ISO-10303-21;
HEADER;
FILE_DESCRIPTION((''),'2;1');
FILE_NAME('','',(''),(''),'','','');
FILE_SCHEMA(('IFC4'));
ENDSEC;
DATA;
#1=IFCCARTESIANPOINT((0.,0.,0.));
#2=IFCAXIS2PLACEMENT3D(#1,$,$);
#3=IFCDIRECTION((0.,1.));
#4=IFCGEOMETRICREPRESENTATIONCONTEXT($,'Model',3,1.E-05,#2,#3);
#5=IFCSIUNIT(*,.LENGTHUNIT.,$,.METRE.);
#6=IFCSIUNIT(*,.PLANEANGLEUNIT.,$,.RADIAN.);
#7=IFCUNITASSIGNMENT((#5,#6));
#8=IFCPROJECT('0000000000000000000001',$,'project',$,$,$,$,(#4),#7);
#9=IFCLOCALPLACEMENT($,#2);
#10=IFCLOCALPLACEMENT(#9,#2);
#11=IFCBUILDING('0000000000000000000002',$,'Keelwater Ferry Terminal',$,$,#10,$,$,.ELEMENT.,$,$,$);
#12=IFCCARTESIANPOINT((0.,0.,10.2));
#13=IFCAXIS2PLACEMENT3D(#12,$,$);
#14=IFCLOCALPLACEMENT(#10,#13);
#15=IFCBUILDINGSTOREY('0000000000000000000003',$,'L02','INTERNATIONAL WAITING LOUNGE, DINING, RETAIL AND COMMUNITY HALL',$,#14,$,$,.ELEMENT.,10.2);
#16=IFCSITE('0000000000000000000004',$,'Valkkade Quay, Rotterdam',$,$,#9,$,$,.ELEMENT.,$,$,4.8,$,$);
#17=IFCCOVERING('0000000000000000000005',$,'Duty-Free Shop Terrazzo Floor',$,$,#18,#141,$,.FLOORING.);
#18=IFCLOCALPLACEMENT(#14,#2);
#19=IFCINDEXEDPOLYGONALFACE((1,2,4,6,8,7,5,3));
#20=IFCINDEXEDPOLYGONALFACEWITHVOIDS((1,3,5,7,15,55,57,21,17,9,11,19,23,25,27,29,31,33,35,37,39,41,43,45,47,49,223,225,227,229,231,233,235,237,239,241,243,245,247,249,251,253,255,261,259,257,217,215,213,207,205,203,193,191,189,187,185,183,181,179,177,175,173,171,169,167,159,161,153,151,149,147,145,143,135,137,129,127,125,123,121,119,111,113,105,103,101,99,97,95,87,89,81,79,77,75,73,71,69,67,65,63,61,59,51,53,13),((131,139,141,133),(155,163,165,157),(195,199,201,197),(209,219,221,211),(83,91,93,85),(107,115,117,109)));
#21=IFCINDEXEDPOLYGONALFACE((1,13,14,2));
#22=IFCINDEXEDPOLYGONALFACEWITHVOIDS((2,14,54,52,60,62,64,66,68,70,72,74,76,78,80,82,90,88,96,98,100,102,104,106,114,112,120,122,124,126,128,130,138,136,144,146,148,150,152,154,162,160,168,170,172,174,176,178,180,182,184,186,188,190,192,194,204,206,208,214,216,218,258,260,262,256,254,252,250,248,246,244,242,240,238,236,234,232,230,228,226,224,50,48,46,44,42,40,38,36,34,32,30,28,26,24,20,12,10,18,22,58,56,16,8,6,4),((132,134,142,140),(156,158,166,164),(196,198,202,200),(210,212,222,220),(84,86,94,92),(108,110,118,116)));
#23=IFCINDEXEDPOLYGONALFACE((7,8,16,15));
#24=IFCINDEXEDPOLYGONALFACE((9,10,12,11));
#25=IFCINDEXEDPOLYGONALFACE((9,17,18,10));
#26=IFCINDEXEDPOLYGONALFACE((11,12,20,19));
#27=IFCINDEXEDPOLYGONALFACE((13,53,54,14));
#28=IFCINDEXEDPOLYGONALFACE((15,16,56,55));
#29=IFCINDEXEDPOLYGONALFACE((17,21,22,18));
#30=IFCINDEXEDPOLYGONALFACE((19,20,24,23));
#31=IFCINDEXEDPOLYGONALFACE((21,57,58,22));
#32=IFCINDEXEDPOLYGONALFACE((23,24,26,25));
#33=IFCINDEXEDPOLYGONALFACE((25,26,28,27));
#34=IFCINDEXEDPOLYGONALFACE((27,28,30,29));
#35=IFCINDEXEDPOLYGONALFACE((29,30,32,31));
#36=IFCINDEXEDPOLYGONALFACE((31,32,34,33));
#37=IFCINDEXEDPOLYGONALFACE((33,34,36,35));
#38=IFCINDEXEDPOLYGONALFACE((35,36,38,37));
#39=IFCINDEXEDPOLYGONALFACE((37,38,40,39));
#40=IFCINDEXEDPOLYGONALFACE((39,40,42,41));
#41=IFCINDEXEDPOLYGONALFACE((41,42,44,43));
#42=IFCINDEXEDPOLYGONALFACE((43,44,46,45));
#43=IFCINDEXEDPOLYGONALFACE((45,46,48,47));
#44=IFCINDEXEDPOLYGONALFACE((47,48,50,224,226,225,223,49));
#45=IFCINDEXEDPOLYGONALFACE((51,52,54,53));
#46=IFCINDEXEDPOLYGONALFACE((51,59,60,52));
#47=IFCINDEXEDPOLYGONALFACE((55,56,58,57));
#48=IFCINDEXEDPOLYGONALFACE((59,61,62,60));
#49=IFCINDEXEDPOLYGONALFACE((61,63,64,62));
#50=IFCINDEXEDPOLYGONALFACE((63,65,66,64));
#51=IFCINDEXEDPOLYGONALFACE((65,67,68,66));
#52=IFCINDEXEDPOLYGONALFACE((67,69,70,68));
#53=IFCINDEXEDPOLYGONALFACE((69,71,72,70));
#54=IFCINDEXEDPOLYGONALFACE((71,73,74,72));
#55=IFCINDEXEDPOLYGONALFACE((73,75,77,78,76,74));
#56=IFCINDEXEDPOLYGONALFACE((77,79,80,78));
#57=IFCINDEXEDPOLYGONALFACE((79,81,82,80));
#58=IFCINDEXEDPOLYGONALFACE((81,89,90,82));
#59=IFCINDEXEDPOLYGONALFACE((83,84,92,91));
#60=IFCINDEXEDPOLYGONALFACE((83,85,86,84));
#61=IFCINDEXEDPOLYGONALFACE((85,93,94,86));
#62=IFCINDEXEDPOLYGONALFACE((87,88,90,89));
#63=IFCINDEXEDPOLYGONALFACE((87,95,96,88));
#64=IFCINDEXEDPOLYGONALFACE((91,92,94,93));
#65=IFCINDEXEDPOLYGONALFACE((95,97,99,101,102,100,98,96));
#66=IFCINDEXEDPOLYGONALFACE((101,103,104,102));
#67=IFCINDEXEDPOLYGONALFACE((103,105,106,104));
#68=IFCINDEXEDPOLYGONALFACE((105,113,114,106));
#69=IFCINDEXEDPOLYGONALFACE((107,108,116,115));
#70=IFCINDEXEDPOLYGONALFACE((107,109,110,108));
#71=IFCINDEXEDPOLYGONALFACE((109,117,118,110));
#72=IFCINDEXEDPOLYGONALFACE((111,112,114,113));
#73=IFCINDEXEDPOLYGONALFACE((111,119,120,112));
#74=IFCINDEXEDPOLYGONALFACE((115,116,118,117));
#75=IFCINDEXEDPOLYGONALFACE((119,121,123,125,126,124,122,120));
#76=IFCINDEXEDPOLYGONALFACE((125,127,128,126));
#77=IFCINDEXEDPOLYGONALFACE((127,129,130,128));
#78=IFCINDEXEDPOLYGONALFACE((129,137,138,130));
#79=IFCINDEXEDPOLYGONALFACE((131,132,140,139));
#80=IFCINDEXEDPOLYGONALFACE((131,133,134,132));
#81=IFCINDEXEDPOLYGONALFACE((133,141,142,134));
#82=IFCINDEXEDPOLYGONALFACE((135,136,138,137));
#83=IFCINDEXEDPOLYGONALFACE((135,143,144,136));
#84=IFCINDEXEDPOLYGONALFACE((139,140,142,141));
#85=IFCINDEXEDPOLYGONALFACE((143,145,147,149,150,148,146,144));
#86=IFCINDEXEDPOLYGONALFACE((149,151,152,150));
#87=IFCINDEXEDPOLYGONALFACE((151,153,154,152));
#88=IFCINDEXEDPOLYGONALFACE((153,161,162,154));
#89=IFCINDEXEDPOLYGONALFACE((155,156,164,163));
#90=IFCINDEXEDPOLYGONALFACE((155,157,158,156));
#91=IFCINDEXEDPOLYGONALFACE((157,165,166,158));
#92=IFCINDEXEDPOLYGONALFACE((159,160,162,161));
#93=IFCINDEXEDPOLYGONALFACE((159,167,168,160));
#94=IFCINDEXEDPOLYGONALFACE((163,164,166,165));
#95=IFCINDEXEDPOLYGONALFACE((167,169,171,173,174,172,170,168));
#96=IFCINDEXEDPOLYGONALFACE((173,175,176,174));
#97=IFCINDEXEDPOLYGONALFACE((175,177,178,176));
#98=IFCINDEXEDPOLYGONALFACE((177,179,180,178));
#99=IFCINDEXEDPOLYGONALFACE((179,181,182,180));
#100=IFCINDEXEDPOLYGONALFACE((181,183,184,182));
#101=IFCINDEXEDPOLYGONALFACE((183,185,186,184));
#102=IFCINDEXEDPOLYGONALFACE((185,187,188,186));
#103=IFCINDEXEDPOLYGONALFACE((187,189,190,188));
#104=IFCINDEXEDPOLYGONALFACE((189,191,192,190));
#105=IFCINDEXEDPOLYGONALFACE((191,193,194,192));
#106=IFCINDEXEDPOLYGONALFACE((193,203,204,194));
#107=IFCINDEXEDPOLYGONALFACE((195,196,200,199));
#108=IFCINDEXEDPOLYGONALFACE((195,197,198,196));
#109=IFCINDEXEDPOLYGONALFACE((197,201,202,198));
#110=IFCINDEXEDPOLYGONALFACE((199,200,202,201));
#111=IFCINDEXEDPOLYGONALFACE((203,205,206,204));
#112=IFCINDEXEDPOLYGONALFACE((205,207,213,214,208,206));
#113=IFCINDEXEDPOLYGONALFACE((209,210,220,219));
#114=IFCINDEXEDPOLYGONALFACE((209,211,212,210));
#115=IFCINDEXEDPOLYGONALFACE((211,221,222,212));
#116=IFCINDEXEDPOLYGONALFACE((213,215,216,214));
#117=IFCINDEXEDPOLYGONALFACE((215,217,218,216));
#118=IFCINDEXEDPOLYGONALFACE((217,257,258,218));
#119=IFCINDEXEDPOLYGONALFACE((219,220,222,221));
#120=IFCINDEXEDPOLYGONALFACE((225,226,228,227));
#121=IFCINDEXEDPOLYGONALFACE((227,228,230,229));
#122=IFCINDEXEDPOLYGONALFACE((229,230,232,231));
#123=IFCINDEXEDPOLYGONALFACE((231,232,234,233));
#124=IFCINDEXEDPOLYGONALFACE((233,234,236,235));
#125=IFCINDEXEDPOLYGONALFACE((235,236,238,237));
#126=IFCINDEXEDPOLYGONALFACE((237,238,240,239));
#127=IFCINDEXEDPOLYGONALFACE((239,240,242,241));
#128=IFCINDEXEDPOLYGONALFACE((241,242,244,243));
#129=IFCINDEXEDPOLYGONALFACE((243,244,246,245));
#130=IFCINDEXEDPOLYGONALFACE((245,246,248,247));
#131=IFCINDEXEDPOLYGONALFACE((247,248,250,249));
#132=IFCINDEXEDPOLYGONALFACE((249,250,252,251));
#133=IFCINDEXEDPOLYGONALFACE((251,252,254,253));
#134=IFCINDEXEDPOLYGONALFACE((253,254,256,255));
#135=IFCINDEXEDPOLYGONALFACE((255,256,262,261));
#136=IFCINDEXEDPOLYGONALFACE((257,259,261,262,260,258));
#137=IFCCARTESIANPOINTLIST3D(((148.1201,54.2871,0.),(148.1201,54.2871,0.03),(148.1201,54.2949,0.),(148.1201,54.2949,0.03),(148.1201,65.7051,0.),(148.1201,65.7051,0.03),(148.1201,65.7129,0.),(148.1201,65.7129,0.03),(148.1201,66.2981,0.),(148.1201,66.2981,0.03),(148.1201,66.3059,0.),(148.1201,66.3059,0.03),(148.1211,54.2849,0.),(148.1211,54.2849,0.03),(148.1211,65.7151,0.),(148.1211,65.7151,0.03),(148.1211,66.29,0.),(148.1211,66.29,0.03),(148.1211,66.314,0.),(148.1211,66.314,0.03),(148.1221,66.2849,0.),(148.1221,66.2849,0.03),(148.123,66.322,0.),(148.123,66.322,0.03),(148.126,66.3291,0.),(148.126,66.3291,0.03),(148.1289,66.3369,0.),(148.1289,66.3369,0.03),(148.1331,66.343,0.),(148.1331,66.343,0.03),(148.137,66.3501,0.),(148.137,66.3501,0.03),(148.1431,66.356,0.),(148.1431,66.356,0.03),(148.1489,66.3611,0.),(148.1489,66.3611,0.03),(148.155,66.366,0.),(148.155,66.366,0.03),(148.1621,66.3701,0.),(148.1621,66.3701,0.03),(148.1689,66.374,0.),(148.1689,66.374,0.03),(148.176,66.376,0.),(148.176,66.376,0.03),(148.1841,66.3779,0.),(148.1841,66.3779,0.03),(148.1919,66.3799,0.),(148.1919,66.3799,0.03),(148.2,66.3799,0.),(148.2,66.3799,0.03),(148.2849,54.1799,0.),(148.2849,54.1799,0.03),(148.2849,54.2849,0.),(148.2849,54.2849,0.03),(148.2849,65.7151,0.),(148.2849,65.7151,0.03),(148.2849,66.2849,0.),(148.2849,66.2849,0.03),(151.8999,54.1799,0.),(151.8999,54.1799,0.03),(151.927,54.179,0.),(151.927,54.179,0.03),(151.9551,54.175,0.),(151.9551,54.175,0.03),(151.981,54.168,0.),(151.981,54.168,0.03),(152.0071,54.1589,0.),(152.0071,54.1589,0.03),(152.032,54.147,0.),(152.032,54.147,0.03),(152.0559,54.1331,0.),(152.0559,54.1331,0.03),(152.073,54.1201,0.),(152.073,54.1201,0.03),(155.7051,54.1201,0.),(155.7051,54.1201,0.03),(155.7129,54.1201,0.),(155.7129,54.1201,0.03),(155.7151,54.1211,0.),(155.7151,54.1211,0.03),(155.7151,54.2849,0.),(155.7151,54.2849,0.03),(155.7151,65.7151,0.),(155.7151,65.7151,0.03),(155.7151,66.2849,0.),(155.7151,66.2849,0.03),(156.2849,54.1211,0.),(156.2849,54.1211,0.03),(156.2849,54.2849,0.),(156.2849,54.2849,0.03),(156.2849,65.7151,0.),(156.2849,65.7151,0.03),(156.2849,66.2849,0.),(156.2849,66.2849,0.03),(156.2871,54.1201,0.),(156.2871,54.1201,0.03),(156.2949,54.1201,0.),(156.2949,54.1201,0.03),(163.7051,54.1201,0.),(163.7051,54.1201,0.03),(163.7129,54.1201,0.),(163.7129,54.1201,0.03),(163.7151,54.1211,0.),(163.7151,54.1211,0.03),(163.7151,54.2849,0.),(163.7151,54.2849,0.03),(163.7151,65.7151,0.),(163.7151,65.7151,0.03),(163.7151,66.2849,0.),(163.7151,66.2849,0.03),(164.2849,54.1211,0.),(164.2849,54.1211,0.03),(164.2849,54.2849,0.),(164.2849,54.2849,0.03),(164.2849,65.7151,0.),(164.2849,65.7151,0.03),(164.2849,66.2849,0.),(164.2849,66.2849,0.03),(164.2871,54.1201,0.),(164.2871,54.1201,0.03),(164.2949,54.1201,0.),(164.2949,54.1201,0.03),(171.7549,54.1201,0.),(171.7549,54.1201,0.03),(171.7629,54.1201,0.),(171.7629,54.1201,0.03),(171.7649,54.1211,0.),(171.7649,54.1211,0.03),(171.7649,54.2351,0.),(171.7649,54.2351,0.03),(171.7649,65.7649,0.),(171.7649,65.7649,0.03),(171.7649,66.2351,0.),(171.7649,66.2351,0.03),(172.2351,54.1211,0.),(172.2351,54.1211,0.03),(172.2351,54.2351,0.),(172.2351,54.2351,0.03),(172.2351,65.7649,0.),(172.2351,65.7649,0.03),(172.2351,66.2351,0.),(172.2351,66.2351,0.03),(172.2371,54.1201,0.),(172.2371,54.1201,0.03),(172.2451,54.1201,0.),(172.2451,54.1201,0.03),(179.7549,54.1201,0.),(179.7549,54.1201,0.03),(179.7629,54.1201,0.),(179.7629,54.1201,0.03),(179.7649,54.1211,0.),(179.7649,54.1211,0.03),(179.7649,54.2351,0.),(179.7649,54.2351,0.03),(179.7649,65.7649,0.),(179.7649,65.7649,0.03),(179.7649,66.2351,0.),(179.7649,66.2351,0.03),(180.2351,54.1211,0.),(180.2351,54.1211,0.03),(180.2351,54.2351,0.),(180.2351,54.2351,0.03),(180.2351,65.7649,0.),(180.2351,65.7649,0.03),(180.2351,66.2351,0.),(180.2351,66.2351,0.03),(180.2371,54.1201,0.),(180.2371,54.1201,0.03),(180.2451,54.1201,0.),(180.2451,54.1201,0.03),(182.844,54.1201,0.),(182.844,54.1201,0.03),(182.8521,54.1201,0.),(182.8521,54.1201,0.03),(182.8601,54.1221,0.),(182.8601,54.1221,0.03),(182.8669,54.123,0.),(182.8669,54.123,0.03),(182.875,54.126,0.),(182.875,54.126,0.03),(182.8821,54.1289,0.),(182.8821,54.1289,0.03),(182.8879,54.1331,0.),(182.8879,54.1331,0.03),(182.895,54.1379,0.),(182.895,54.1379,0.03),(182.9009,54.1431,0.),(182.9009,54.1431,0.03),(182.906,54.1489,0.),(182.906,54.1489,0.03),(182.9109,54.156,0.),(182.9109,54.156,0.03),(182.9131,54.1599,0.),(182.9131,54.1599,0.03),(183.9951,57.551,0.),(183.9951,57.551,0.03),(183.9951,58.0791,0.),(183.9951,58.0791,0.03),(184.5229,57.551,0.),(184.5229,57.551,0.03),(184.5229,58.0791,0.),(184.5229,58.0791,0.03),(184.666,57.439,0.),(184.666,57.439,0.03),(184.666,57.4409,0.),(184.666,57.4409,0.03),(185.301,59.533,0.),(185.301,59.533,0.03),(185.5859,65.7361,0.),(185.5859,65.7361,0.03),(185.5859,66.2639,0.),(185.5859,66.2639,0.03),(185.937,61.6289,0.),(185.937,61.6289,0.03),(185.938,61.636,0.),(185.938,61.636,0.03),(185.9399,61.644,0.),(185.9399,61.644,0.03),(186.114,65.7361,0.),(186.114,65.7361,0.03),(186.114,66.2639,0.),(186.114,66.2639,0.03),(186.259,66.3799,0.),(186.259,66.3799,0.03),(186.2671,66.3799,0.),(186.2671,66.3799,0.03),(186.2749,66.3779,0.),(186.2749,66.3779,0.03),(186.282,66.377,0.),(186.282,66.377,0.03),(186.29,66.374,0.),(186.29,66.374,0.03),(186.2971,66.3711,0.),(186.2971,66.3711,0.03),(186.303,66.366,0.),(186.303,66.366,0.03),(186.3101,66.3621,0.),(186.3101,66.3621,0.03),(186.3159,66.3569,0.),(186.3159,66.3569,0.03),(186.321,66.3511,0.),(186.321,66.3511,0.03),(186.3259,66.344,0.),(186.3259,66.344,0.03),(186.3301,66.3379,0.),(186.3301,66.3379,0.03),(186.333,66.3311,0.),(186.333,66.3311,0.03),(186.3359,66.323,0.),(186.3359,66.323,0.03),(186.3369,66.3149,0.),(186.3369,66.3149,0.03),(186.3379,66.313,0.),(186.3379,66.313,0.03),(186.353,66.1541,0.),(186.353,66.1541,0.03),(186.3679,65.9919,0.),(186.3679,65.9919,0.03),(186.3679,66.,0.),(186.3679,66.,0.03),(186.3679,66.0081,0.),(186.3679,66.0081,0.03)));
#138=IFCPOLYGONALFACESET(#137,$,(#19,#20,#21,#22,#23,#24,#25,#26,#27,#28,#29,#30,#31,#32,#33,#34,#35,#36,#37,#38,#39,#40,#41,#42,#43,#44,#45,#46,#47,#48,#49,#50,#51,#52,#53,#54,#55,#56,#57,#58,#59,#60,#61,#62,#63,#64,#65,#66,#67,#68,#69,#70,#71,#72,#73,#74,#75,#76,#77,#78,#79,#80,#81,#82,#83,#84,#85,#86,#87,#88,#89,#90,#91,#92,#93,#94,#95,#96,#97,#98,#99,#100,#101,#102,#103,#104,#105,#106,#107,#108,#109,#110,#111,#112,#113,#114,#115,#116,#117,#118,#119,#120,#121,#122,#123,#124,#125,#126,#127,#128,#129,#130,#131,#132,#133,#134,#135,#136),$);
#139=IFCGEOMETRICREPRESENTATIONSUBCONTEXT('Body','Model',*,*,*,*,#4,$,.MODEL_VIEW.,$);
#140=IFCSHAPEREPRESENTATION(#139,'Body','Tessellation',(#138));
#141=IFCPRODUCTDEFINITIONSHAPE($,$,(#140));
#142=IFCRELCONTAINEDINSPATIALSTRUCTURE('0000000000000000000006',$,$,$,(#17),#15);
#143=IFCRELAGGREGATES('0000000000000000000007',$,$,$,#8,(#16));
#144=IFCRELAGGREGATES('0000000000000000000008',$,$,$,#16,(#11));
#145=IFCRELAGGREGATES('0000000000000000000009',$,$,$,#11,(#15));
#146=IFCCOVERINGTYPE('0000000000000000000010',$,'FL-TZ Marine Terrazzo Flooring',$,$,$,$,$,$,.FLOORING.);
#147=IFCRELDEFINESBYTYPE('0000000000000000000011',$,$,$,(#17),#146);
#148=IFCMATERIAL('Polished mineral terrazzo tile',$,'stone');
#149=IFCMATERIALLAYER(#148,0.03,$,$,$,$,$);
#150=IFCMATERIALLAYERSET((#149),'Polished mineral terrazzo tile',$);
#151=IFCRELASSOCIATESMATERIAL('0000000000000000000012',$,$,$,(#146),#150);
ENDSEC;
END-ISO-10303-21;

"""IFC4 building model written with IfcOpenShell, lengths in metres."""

from ifc_helpers import new_model, si_unit, direction, frame, origin, place, context, subcontext, project, spatial, polyline, outline, extrude, material, layer, layer_set, type_object, element, save


model = new_model("IFC4")

# Units and contexts
model_context = context("Model", 3, precision=1e-05, world=origin(), true_north=direction((0.0, 1.0)))
body_context = subcontext(model_context, "Body", "Model", "MODEL_VIEW")
ifc_project = project(units=[si_unit("LENGTHUNIT", "METRE"), si_unit("PLANEANGLEUNIT", "RADIAN")], contexts=[model_context])

# Site, building, storey
site_placement = place(None, origin())
site = spatial("IfcSite", under=ifc_project, at=site_placement, Name="Valkkade Quay, Rotterdam", CompositionType="ELEMENT", RefElevation=4.8)
building_placement = place(site_placement, origin())
building = spatial("IfcBuilding", under=site, at=building_placement, Name="Keelwater Ferry Terminal", CompositionType="ELEMENT")
storey_placement = place(building_placement, frame((0.0, 0.0, 10.2)))
storey = spatial("IfcBuildingStorey", under=building, at=storey_placement, Name="L02", Description="INTERNATIONAL WAITING LOUNGE, DINING, RETAIL AND COMMUNITY HALL", CompositionType="ELEMENT", Elevation=10.2)

# Covering
ifc_material_1 = material(Name="Polished mineral terrazzo tile", Category="stone")
ifc_layer_1 = layer(ifc_material_1, 0.03)
ifc_layer_set_1 = layer_set([ifc_layer_1], Name="Polished mineral terrazzo tile")
covering_type_1 = type_object("IfcCoveringType", Name="FL-TZ Marine Terrazzo Flooring", PredefinedType="FLOORING", material=ifc_layer_set_1)
covering_1_placement = place(storey_placement, origin())
element("IfcCovering", 1, at=covering_1_placement, inside=storey, type_object=covering_type_1, Name="Duty-Free Shop Terrazzo Floor", PredefinedType="FLOORING", context=body_context, shape_type="SweptSolid", body=[
    extrude(outline(polyline([(171.7629, 54.1201), (171.7549, 54.1201), (164.2949, 54.1201), (164.2871, 54.1201), (164.2849, 54.1211), (164.2849, 54.2849), (163.7151, 54.2849), (163.7151, 54.1211), (163.7129, 54.1201), (163.7051, 54.1201), (156.2949, 54.1201), (156.2871, 54.1201), (156.2849, 54.1211), (156.2849, 54.2849), (155.7151, 54.2849), (155.7151, 54.1211), (155.7129, 54.1201), (155.7051, 54.1201), (152.073, 54.1201), (152.0559, 54.1331), (152.032, 54.147), (152.0071, 54.1589), (151.981, 54.168), (151.9551, 54.175), (151.927, 54.179), (151.8999, 54.1799), (148.2849, 54.1799), (148.2849, 54.2849), (148.1211, 54.2849), (148.1201, 54.2871), (148.1201, 54.2949), (148.1201, 65.7051), (148.1201, 65.7129), (148.1211, 65.7151), (148.2849, 65.7151), (148.2849, 66.2849), (148.1221, 66.2849), (148.1211, 66.29), (148.1201, 66.2981), (148.1201, 66.3059), (148.1211, 66.314), (148.123, 66.322), (148.126, 66.3291), (148.1289, 66.3369), (148.1331, 66.343), (148.137, 66.3501), (148.1431, 66.356), (148.1489, 66.3611), (148.155, 66.366), (148.1621, 66.3701), (148.1689, 66.374), (148.176, 66.376), (148.1841, 66.3779), (148.1919, 66.3799), (148.2, 66.3799), (186.259, 66.3799), (186.2671, 66.3799), (186.2749, 66.3779), (186.282, 66.377), (186.29, 66.374), (186.2971, 66.3711), (186.303, 66.366), (186.3101, 66.3621), (186.3159, 66.3569), (186.321, 66.3511), (186.3259, 66.344), (186.3301, 66.3379), (186.333, 66.3311), (186.3359, 66.323), (186.3369, 66.3149), (186.3379, 66.313), (186.353, 66.1541), (186.3679, 66.0081), (186.3679, 66.0), (186.3679, 65.9919), (185.9399, 61.644), (185.938, 61.636), (185.937, 61.6289), (185.301, 59.533), (184.666, 57.4409), (184.666, 57.439), (184.666, 57.439), (182.9131, 54.1599), (182.9109, 54.156), (182.906, 54.1489), (182.9009, 54.1431), (182.895, 54.1379), (182.8879, 54.1331), (182.8821, 54.1289), (182.875, 54.126), (182.8669, 54.123), (182.8601, 54.1221), (182.8521, 54.1201), (182.844, 54.1201), (180.2451, 54.1201), (180.2371, 54.1201), (180.2351, 54.1211), (180.2351, 54.2351), (179.7649, 54.2351), (179.7649, 54.1211), (179.7629, 54.1201), (179.7549, 54.1201), (172.2451, 54.1201), (172.2371, 54.1201), (172.2351, 54.1211), (172.2351, 54.2351), (171.7649, 54.2351), (171.7649, 54.1211), (171.7629, 54.1201)]), holes=[polyline([(155.7151, 66.2849), (155.7151, 65.7151), (156.2849, 65.7151), (156.2849, 66.2849), (155.7151, 66.2849)]), polyline([(183.9951, 58.0791), (183.9951, 57.551), (184.5229, 57.551), (184.5229, 58.0791), (183.9951, 58.0791)]), polyline([(185.5859, 66.2639), (185.5859, 65.7361), (186.114, 65.7361), (186.114, 66.2639), (185.5859, 66.2639)]), polyline([(179.7649, 66.2351), (179.7649, 65.7649), (180.2351, 65.7649), (180.2351, 66.2351), (179.7649, 66.2351)]), polyline([(171.7649, 66.2351), (171.7649, 65.7649), (172.2351, 65.7649), (172.2351, 66.2351), (171.7649, 66.2351)]), polyline([(163.7151, 66.2849), (163.7151, 65.7151), (164.2849, 65.7151), (164.2849, 66.2849), (163.7151, 66.2849)])]), origin(), (0.0, 0.0, 1.0), 0.03),
])

save(model, "model.ifc")
